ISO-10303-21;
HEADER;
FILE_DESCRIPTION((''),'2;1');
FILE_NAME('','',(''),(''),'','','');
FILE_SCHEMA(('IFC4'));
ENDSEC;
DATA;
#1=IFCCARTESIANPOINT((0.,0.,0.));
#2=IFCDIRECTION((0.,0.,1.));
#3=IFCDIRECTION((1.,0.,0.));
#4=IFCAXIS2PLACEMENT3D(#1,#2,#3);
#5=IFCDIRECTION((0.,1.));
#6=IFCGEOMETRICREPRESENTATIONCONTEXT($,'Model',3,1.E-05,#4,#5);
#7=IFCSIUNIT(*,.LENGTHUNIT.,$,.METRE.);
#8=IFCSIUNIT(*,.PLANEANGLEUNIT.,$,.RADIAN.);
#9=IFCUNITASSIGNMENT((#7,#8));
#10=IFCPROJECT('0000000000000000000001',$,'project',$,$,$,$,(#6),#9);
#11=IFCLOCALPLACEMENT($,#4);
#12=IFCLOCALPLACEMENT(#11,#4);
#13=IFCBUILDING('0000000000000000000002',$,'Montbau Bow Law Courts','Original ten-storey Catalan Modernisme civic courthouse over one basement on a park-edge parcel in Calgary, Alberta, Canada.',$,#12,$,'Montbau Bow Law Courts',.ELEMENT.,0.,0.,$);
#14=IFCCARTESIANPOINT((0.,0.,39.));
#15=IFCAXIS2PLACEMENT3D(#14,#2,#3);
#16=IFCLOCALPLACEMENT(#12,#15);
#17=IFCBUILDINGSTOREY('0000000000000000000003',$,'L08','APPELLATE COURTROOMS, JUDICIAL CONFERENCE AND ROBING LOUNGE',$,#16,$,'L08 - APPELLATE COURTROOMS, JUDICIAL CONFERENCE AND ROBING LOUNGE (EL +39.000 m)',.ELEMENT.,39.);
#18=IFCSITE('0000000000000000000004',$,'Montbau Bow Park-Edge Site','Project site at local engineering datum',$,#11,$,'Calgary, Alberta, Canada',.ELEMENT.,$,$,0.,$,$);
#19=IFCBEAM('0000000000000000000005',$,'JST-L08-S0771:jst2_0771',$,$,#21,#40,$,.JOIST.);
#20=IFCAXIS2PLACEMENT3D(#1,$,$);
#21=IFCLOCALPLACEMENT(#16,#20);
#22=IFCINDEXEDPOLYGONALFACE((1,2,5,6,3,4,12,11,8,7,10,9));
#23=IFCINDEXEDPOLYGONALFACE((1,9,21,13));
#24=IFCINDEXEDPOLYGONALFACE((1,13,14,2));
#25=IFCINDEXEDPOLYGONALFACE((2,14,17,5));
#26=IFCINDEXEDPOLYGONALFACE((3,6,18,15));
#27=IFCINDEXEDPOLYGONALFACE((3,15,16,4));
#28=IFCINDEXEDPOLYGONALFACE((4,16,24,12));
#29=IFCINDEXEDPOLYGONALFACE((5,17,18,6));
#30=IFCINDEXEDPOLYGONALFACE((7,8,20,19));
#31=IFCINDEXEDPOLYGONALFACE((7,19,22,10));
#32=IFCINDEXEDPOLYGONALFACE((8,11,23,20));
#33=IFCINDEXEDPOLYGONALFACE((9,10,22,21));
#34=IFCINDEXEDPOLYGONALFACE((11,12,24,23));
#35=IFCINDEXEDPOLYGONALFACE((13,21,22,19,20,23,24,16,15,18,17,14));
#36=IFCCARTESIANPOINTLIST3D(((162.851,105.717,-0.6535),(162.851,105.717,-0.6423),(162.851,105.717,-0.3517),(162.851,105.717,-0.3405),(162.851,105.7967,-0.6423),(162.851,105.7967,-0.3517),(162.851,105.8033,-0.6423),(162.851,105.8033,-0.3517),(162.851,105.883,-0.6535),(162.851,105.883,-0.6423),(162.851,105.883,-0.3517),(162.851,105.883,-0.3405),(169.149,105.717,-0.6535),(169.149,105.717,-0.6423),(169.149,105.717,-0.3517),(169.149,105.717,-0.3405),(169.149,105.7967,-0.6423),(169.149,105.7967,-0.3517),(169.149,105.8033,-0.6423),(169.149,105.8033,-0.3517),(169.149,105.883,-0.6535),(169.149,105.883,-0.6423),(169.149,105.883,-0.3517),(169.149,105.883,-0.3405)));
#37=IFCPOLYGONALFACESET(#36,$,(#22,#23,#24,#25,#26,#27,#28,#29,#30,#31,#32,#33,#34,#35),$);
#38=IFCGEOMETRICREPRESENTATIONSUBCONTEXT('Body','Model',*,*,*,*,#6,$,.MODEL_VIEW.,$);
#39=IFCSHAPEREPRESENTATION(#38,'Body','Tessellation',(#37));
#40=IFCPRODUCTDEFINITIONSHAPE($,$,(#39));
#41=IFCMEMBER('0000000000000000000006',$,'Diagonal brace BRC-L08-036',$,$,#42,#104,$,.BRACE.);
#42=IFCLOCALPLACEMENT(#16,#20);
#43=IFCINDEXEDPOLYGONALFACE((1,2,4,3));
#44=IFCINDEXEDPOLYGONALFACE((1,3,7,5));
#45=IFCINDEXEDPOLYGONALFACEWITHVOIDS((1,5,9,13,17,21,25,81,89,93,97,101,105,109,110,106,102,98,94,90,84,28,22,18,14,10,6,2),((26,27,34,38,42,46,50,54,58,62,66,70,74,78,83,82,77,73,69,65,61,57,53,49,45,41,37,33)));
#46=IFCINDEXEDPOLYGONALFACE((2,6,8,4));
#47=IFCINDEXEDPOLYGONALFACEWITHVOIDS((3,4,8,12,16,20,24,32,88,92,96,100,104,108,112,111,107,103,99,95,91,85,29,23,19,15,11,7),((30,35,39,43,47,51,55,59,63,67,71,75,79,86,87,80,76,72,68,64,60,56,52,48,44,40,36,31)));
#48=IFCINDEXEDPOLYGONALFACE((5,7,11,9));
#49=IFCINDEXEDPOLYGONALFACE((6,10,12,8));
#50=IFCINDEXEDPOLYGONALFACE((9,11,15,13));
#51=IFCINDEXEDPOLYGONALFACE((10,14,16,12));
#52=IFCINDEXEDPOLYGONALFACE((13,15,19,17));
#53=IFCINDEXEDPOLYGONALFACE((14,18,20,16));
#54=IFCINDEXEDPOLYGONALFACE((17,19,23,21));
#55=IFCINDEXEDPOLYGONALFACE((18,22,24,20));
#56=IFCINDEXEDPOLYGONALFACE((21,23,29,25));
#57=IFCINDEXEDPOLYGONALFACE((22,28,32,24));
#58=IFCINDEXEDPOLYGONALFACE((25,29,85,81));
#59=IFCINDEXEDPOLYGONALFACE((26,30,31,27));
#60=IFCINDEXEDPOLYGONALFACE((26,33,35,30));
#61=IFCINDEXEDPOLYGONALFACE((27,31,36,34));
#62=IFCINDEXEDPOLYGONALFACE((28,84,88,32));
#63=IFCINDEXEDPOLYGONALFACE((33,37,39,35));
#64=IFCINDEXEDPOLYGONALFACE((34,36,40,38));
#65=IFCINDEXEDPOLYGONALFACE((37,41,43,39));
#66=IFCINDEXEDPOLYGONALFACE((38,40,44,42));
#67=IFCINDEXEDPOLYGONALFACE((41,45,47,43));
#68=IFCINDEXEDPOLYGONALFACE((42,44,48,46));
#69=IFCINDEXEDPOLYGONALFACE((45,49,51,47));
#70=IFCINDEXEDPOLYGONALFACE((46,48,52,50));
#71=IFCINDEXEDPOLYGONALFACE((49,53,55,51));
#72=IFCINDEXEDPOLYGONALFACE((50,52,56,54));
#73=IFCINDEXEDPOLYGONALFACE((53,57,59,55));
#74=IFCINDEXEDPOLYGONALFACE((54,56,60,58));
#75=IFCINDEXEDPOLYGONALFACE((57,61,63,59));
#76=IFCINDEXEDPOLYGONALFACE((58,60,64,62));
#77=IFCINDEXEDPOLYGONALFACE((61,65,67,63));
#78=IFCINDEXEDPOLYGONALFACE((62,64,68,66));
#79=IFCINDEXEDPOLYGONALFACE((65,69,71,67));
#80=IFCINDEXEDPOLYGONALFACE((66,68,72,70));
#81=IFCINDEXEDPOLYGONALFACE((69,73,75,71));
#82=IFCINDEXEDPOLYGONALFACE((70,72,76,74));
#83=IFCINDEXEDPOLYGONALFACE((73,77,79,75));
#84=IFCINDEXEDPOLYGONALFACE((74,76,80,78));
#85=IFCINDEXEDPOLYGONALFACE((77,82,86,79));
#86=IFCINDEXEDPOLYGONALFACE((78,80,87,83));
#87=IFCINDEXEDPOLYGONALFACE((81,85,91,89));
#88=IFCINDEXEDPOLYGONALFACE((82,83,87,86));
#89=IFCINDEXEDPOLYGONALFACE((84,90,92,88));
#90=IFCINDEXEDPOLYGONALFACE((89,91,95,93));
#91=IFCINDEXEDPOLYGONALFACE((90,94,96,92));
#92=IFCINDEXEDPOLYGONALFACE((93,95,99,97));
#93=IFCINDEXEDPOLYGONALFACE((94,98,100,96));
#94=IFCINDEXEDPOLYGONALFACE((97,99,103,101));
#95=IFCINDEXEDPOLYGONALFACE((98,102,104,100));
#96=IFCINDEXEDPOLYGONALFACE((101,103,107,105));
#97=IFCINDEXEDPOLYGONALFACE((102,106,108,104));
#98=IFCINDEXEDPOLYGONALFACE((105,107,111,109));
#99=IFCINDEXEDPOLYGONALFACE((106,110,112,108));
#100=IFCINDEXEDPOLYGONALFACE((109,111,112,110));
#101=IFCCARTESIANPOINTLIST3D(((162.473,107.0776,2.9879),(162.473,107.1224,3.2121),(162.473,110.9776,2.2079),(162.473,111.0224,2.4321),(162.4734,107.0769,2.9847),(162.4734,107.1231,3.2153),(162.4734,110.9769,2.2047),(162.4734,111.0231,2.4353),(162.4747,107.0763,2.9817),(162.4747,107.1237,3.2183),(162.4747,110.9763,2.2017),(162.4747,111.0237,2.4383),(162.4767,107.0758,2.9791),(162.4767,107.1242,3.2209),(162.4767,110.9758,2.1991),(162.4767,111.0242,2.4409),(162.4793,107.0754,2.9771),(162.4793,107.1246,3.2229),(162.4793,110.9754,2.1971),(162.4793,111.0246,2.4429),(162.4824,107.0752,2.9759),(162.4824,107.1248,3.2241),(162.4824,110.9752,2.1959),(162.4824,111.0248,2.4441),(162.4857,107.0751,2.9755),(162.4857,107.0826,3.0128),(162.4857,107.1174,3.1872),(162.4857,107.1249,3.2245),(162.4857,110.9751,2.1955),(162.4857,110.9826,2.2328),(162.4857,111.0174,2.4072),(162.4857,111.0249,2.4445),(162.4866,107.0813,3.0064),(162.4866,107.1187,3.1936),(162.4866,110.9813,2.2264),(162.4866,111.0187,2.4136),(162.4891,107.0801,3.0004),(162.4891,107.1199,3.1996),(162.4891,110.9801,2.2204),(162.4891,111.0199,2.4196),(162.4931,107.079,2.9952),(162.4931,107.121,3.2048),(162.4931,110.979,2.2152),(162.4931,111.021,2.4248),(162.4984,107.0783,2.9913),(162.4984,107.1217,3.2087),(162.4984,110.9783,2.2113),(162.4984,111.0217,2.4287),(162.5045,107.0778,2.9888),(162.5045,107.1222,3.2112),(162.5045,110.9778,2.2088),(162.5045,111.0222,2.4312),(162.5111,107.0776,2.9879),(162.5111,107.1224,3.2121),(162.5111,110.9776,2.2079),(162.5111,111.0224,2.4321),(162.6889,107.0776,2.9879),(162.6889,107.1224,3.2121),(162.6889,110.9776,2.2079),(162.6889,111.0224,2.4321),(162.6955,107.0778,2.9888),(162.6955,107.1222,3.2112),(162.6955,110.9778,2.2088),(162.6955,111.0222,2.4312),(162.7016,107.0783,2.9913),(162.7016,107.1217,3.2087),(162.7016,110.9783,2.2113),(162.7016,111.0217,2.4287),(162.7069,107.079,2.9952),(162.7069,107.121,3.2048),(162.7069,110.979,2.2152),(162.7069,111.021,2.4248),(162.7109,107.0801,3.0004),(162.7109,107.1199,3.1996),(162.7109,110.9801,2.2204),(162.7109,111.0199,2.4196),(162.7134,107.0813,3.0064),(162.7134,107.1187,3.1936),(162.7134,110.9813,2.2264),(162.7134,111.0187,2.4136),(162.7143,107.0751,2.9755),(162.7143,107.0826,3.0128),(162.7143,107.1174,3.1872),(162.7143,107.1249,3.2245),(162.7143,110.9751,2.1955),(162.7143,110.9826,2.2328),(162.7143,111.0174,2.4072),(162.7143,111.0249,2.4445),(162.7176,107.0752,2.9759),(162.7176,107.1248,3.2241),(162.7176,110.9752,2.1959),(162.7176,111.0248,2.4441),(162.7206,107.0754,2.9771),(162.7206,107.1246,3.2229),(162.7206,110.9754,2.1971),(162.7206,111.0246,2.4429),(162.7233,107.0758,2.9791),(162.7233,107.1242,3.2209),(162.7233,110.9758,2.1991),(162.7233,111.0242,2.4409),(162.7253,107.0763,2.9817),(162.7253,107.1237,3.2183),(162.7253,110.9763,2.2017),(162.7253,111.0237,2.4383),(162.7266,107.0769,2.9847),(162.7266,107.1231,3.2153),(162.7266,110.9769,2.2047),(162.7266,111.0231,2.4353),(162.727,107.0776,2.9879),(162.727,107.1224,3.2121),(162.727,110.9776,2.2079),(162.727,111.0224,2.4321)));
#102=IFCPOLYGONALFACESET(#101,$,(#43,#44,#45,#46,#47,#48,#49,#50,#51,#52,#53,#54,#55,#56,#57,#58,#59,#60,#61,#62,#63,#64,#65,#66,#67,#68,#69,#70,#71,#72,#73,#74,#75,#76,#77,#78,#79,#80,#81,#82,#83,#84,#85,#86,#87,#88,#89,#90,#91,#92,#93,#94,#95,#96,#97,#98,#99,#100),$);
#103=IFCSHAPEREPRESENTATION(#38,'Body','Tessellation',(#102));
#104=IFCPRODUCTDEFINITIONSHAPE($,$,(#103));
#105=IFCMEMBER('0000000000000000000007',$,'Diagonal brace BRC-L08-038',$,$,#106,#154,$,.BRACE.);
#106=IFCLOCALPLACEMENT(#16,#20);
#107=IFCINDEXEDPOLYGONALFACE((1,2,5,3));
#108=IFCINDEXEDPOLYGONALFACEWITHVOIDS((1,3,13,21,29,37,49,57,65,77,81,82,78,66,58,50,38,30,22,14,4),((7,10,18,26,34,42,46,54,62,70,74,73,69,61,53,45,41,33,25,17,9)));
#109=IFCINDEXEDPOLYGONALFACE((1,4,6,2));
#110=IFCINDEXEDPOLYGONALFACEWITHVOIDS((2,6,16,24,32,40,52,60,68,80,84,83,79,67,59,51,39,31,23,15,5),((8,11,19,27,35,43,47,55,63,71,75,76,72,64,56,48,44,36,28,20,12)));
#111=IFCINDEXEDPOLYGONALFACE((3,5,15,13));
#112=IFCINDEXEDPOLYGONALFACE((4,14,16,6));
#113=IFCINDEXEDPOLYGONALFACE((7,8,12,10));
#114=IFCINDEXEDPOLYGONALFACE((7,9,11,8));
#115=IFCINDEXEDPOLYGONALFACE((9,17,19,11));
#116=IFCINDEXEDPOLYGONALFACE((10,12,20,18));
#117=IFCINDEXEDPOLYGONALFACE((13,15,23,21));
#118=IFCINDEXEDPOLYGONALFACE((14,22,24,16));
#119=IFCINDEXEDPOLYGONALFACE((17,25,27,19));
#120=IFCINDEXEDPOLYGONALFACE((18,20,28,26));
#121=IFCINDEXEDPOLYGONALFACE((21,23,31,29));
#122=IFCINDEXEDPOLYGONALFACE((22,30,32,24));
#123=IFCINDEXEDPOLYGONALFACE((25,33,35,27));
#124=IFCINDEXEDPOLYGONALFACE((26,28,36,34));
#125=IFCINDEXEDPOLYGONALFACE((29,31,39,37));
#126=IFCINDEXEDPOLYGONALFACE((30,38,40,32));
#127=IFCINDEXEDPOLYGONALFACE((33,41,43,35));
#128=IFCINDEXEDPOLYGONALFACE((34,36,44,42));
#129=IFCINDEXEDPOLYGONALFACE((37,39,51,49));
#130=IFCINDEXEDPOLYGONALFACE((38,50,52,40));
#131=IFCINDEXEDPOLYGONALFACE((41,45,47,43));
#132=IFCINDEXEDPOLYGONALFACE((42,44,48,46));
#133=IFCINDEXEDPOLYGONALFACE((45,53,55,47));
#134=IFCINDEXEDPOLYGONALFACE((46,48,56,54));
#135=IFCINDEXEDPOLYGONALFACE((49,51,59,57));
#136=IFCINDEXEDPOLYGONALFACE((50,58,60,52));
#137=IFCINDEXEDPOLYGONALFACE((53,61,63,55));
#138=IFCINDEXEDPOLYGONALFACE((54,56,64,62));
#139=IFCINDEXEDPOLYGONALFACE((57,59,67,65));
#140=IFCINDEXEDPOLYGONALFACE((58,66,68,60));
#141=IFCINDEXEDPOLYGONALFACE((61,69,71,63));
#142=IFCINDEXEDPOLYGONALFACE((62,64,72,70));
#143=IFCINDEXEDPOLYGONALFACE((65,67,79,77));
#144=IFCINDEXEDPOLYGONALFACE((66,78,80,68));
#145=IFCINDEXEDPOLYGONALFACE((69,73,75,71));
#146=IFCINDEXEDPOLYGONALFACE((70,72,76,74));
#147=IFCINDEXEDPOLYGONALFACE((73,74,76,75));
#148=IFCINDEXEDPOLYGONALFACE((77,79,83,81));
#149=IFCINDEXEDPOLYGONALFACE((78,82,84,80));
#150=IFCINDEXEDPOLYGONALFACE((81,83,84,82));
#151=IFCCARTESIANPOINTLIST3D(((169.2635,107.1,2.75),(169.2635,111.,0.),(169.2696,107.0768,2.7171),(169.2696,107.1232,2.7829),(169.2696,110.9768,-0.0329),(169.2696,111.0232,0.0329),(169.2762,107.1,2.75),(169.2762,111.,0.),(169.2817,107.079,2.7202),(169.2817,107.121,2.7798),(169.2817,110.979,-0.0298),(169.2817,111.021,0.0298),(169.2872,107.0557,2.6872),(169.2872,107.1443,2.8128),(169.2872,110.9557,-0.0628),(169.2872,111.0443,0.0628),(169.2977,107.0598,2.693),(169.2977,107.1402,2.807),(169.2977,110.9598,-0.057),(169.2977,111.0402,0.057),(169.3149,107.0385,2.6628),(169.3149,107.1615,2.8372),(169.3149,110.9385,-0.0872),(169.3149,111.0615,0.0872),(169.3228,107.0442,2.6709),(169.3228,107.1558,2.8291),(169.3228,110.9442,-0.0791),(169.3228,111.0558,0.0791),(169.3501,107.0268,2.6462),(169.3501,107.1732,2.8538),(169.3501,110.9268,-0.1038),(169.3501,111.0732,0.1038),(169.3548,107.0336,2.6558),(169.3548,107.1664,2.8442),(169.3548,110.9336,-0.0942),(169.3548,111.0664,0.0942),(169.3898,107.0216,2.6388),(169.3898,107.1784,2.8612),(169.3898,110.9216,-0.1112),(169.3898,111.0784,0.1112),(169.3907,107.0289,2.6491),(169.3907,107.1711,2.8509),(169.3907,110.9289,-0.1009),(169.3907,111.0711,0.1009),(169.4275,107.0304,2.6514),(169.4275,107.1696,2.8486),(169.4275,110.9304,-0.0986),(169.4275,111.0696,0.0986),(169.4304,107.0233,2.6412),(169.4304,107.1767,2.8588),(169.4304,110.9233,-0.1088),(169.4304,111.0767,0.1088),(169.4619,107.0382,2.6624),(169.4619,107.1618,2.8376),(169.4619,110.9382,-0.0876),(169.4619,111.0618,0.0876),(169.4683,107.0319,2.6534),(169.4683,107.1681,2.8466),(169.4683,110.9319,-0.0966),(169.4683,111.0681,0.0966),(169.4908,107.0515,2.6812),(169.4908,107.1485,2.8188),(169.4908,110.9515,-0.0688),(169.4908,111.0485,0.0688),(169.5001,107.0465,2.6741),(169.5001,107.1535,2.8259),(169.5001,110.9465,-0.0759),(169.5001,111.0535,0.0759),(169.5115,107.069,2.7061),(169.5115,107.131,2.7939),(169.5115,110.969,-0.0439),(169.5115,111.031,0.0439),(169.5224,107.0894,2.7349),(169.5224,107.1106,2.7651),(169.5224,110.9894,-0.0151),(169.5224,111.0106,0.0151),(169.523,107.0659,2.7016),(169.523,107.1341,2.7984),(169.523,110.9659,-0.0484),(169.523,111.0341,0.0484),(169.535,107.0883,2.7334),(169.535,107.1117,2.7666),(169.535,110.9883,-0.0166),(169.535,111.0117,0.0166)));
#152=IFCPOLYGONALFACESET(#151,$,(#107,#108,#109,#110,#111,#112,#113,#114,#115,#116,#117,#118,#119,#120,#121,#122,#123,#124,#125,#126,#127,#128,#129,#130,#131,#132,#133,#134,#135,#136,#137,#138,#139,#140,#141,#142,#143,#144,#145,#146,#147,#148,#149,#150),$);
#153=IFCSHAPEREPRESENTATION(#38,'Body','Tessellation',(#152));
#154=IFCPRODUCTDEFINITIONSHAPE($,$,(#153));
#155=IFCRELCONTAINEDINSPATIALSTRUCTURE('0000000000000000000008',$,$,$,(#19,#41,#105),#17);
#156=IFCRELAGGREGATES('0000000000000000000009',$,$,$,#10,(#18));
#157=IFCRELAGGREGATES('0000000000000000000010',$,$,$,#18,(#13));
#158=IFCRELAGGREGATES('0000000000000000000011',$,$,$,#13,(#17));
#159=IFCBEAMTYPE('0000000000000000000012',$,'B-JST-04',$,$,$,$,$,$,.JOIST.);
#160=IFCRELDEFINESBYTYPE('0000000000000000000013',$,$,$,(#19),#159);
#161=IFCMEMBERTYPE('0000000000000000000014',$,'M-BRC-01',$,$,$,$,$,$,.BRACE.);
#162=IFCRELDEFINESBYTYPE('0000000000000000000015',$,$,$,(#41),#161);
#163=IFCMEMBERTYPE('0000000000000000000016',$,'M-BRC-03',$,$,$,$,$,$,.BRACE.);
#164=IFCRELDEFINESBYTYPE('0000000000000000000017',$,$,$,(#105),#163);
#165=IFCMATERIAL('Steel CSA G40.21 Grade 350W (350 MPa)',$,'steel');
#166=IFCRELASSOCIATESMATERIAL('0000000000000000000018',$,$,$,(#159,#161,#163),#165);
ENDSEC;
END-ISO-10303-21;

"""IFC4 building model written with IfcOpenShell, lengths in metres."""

from ifc_helpers import new_model, si_unit, direction, frame, origin_with_axes, origin_2d_with_axis, place, context, subcontext, project, spatial, hollow_rectangle, hollow_circle, i_section, extrude, material, material_profile, profile_set, type_object, element, save


model = new_model("IFC4")

# Units and contexts
model_context = context("Model", 3, precision=1e-05, world=origin_with_axes(), true_north=direction((0.0, 1.0)))
body_context = subcontext(model_context, "Body", "Model", "MODEL_VIEW")
ifc_project = project(units=[si_unit("LENGTHUNIT", "METRE"), si_unit("PLANEANGLEUNIT", "RADIAN")], contexts=[model_context])

# Site, building, storey
site_placement = place(None, origin_with_axes())
site = spatial("IfcSite", under=ifc_project, at=site_placement, Name="Montbau Bow Park-Edge Site", Description="Project site at local engineering datum", LongName="Calgary, Alberta, Canada", CompositionType="ELEMENT", RefElevation=0.0)
building_placement = place(site_placement, origin_with_axes())
building = spatial("IfcBuilding", under=site, at=building_placement, Name="Montbau Bow Law Courts", Description="Original ten-storey Catalan Modernisme civic courthouse over one basement on a park-edge parcel in Calgary, Alberta, Canada.", LongName="Montbau Bow Law Courts", CompositionType="ELEMENT", ElevationOfRefHeight=0.0, ElevationOfTerrain=0.0)
storey_placement = place(building_placement, frame((0.0, 0.0, 39.0), z_axis=(0.0, 0.0, 1.0), x_axis=(1.0, 0.0, 0.0)))
storey = spatial("IfcBuildingStorey", under=building, at=storey_placement, Name="L08", Description="APPELLATE COURTROOMS, JUDICIAL CONFERENCE AND ROBING LOUNGE", LongName="L08 - APPELLATE COURTROOMS, JUDICIAL CONFERENCE AND ROBING LOUNGE (EL +39.000 m)", CompositionType="ELEMENT", Elevation=39.0)

# Beam
ifc_material_1 = material(Name="Steel CSA G40.21 Grade 350W (350 MPa)", Category="steel")
ifc_material_profile_1 = material_profile(ifc_material_1, i_section(OverallWidth=0.166, OverallDepth=0.313, WebThickness=0.0066, FlangeThickness=0.0112, at=origin_2d_with_axis()), Name="W310X45", Category="Main", Priority=0)
ifc_profile_set_1 = profile_set([ifc_material_profile_1], Name="Steel CSA G40.21 Grade 350W (350 MPa)")
beam_type = type_object("IfcBeamType", Name="B-JST-04", PredefinedType="JOIST", material=ifc_profile_set_1)
beam_placement = place(None, frame((162.851, 105.8, 38.503), z_axis=(1.0, 0.0, 0.0), x_axis=(0.0, 1.0, 0.0)))
element("IfcBeam", 1, at=beam_placement, inside=storey, type_object=beam_type, Name="JST-L08-S0771:jst2_0771", PredefinedType="JOIST", context=body_context, shape_type="SweptSolid", body=[
    extrude(i_section(OverallWidth=0.166, OverallDepth=0.313, WebThickness=0.0066, FlangeThickness=0.0112, at=origin_2d_with_axis()), origin_with_axes(), (0.0, 0.0, 1.0), 6.298),
])

# Members
ifc_material_profile_2 = material_profile(ifc_material_1, hollow_rectangle(XDim=0.254, YDim=0.254, WallThickness=0.0127, InnerFilletRadius=0.0254, OuterFilletRadius=0.0127, at=origin_2d_with_axis()), Name="HSS254X254X13", Category="Main", Priority=0)
ifc_profile_set_2 = profile_set([ifc_material_profile_2], Name="Steel CSA G40.21 Grade 350W (350 MPa)")
member_type_1 = type_object("IfcMemberType", Name="M-BRC-01", PredefinedType="BRACE", material=ifc_profile_set_2)
member_1_placement = place(None, frame((162.6, 107.1, 42.1), z_axis=(0.0, 0.980581, -0.196116), x_axis=(-1.0, 0.0, 0.0)))
element("IfcMember", 2, at=member_1_placement, inside=storey, type_object=member_type_1, Name="Diagonal brace BRC-L08-036", PredefinedType="BRACE", context=body_context, shape_type="SweptSolid", body=[
    extrude(hollow_rectangle(XDim=0.254, YDim=0.254, WallThickness=0.0127, InnerFilletRadius=0.0254, OuterFilletRadius=0.0127, at=origin_2d_with_axis()), origin_with_axes(), (0.0, 0.0, 1.0), 3.9772),
])
ifc_material_profile_3 = material_profile(ifc_material_1, hollow_circle(Radius=0.1365, WallThickness=0.0127, at=origin_2d_with_axis()), Name="HSS273X13", Category="Main", Priority=0)
ifc_profile_set_3 = profile_set([ifc_material_profile_3], Name="Steel CSA G40.21 Grade 350W (350 MPa)")
member_type_2 = type_object("IfcMemberType", Name="M-BRC-03", PredefinedType="BRACE", material=ifc_profile_set_3)
member_2_placement = place(None, frame((169.4, 107.1, 41.75), z_axis=(0.0, 0.817258, -0.576272), x_axis=(-1.0, 0.0, 0.0)))
element("IfcMember", 3, at=member_2_placement, inside=storey, type_object=member_type_2, Name="Diagonal brace BRC-L08-038", PredefinedType="BRACE", context=body_context, shape_type="SweptSolid", body=[
    extrude(hollow_circle(Radius=0.1365, WallThickness=0.0127, at=origin_2d_with_axis()), origin_with_axes(), (0.0, 0.0, 1.0), 4.7721),
])

save(model, "model.ifc")
